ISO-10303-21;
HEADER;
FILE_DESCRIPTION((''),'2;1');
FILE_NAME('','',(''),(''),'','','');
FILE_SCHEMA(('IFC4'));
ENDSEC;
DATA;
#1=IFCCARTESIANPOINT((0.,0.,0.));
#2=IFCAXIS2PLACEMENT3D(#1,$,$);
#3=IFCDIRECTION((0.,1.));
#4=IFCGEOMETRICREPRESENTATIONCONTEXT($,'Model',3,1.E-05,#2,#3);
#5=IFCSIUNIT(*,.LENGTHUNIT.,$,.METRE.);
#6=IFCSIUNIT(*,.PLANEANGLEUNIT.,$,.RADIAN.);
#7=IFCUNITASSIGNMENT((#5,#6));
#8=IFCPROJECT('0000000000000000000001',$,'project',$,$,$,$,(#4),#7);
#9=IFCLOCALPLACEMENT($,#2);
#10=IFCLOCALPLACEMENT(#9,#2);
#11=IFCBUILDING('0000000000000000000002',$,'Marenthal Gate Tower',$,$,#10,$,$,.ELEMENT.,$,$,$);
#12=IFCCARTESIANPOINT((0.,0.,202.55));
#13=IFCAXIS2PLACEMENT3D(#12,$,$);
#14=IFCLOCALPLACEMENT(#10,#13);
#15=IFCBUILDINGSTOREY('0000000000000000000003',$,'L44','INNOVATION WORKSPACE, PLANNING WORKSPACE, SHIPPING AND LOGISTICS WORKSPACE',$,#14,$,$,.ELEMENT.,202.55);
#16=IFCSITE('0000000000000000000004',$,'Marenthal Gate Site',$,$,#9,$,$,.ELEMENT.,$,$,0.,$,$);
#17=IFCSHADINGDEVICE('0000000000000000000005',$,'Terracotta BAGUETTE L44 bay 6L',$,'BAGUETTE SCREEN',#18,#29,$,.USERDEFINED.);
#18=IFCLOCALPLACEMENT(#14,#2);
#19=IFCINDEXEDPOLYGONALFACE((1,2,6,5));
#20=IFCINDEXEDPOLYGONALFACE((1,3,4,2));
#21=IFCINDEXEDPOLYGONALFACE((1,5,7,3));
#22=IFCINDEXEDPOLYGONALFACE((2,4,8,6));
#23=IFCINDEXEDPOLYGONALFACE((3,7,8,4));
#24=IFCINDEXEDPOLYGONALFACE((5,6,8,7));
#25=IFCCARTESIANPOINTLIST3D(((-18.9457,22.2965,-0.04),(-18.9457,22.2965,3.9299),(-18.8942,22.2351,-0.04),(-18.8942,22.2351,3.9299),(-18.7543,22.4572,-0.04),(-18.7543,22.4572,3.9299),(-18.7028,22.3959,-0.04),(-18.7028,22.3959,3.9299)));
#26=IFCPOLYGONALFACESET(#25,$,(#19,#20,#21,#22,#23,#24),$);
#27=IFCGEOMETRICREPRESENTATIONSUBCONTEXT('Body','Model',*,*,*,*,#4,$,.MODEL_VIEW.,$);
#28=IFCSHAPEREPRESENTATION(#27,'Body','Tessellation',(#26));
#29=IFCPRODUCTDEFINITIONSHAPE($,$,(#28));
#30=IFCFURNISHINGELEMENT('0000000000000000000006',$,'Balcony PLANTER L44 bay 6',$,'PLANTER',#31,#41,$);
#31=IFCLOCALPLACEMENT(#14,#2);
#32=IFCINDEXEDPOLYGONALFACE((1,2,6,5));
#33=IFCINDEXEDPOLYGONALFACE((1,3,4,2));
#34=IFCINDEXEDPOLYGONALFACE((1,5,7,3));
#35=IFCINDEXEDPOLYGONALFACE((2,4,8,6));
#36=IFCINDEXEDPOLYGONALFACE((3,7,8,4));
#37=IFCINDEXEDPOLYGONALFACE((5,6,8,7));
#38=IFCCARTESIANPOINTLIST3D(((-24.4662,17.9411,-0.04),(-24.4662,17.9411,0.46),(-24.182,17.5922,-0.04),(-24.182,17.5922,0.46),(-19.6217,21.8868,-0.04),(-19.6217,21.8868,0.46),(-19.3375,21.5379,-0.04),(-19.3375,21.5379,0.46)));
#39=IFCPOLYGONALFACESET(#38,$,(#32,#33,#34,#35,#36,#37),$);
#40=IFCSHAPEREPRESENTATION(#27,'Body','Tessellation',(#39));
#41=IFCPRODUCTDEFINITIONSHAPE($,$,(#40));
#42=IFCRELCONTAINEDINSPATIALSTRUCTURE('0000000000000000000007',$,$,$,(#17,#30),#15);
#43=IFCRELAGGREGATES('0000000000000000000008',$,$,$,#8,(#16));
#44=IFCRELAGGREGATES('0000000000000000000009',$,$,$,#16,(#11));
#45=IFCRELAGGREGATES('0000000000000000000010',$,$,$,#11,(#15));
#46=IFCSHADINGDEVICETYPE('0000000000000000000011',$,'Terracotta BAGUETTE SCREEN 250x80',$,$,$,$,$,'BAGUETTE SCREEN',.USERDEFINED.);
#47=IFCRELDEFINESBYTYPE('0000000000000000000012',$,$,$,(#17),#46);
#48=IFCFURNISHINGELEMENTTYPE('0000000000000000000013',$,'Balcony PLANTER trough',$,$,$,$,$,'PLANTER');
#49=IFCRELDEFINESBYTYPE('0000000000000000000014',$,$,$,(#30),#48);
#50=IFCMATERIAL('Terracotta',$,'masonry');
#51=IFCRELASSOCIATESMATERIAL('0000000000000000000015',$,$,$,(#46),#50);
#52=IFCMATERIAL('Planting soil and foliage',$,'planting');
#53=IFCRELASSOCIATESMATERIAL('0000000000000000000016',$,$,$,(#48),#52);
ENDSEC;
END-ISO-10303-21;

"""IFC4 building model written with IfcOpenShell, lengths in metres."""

from ifc_helpers import new_model, si_unit, direction, frame, origin, origin_2d, place, context, subcontext, project, spatial, rectangle, extrude, material, material_profile, profile_set, type_object, element, save


model = new_model("IFC4")

# Units and contexts
model_context = context("Model", 3, precision=1e-05, world=origin(), true_north=direction((0.0, 1.0)))
body_context = subcontext(model_context, "Body", "Model", "MODEL_VIEW")
ifc_project = project(units=[si_unit("LENGTHUNIT", "METRE"), si_unit("PLANEANGLEUNIT", "RADIAN")], contexts=[model_context])

# Site, building, storey
site_placement = place(None, origin())
site = spatial("IfcSite", under=ifc_project, at=site_placement, Name="Marenthal Gate Site", CompositionType="ELEMENT", RefElevation=0.0)
building_placement = place(site_placement, origin())
building = spatial("IfcBuilding", under=site, at=building_placement, Name="Marenthal Gate Tower", CompositionType="ELEMENT")
storey_placement = place(building_placement, frame((0.0, 0.0, 202.55)))
storey = spatial("IfcBuildingStorey", under=building, at=storey_placement, Name="L44", Description="INNOVATION WORKSPACE, PLANNING WORKSPACE, SHIPPING AND LOGISTICS WORKSPACE", CompositionType="ELEMENT", Elevation=202.55)

# Shading device
ifc_material_1 = material(Name="Terracotta", Category="masonry")
ifc_material_profile_1 = material_profile(ifc_material_1, rectangle(XDim=0.25, YDim=0.0801, at=origin_2d()), Name="Terracotta baguette 250x80")
ifc_profile_set_1 = profile_set([ifc_material_profile_1], Name="Terracotta")
shading_device_type = type_object("IfcShadingDeviceType", Name="Terracotta BAGUETTE SCREEN 250x80", ElementType="BAGUETTE SCREEN", PredefinedType="USERDEFINED", material=ifc_profile_set_1)
shading_device_placement = place(storey_placement, frame((-18.8242, 22.3462, -0.04), z_axis=(0.0, 0.0, 1.0), x_axis=(-0.765705, -0.643192, 0.0)))
element("IfcShadingDevice", 1, at=shading_device_placement, inside=storey, type_object=shading_device_type, Name="Terracotta BAGUETTE L44 bay 6L", ObjectType="BAGUETTE SCREEN", PredefinedType="USERDEFINED", context=body_context, shape_type="SweptSolid", body=[
    extrude(rectangle(XDim=0.25, YDim=0.0801, at=origin_2d()), origin(), (0.0, 0.0, 1.0), 3.97),
])

# Furnishing element
ifc_material_2 = material(Name="Planting soil and foliage", Category="planting")
furnishing_element_type = type_object("IfcFurnishingElementType", Name="Balcony PLANTER trough", ElementType="PLANTER", material=ifc_material_2)
furnishing_placement = place(storey_placement, frame((-21.9019, 19.7395, -0.04), z_axis=(0.0, 0.0, 1.0), x_axis=(-0.77536, -0.63152, 0.0)))
element("IfcFurnishingElement", 2, at=furnishing_placement, inside=storey, type_object=furnishing_element_type, Name="Balcony PLANTER L44 bay 6", ObjectType="PLANTER", context=body_context, shape_type="SweptSolid", body=[
    extrude(rectangle(XDim=6.248, YDim=0.45, at=origin_2d()), origin(), (0.0, 0.0, 1.0), 0.5),
])

save(model, "model.ifc")
